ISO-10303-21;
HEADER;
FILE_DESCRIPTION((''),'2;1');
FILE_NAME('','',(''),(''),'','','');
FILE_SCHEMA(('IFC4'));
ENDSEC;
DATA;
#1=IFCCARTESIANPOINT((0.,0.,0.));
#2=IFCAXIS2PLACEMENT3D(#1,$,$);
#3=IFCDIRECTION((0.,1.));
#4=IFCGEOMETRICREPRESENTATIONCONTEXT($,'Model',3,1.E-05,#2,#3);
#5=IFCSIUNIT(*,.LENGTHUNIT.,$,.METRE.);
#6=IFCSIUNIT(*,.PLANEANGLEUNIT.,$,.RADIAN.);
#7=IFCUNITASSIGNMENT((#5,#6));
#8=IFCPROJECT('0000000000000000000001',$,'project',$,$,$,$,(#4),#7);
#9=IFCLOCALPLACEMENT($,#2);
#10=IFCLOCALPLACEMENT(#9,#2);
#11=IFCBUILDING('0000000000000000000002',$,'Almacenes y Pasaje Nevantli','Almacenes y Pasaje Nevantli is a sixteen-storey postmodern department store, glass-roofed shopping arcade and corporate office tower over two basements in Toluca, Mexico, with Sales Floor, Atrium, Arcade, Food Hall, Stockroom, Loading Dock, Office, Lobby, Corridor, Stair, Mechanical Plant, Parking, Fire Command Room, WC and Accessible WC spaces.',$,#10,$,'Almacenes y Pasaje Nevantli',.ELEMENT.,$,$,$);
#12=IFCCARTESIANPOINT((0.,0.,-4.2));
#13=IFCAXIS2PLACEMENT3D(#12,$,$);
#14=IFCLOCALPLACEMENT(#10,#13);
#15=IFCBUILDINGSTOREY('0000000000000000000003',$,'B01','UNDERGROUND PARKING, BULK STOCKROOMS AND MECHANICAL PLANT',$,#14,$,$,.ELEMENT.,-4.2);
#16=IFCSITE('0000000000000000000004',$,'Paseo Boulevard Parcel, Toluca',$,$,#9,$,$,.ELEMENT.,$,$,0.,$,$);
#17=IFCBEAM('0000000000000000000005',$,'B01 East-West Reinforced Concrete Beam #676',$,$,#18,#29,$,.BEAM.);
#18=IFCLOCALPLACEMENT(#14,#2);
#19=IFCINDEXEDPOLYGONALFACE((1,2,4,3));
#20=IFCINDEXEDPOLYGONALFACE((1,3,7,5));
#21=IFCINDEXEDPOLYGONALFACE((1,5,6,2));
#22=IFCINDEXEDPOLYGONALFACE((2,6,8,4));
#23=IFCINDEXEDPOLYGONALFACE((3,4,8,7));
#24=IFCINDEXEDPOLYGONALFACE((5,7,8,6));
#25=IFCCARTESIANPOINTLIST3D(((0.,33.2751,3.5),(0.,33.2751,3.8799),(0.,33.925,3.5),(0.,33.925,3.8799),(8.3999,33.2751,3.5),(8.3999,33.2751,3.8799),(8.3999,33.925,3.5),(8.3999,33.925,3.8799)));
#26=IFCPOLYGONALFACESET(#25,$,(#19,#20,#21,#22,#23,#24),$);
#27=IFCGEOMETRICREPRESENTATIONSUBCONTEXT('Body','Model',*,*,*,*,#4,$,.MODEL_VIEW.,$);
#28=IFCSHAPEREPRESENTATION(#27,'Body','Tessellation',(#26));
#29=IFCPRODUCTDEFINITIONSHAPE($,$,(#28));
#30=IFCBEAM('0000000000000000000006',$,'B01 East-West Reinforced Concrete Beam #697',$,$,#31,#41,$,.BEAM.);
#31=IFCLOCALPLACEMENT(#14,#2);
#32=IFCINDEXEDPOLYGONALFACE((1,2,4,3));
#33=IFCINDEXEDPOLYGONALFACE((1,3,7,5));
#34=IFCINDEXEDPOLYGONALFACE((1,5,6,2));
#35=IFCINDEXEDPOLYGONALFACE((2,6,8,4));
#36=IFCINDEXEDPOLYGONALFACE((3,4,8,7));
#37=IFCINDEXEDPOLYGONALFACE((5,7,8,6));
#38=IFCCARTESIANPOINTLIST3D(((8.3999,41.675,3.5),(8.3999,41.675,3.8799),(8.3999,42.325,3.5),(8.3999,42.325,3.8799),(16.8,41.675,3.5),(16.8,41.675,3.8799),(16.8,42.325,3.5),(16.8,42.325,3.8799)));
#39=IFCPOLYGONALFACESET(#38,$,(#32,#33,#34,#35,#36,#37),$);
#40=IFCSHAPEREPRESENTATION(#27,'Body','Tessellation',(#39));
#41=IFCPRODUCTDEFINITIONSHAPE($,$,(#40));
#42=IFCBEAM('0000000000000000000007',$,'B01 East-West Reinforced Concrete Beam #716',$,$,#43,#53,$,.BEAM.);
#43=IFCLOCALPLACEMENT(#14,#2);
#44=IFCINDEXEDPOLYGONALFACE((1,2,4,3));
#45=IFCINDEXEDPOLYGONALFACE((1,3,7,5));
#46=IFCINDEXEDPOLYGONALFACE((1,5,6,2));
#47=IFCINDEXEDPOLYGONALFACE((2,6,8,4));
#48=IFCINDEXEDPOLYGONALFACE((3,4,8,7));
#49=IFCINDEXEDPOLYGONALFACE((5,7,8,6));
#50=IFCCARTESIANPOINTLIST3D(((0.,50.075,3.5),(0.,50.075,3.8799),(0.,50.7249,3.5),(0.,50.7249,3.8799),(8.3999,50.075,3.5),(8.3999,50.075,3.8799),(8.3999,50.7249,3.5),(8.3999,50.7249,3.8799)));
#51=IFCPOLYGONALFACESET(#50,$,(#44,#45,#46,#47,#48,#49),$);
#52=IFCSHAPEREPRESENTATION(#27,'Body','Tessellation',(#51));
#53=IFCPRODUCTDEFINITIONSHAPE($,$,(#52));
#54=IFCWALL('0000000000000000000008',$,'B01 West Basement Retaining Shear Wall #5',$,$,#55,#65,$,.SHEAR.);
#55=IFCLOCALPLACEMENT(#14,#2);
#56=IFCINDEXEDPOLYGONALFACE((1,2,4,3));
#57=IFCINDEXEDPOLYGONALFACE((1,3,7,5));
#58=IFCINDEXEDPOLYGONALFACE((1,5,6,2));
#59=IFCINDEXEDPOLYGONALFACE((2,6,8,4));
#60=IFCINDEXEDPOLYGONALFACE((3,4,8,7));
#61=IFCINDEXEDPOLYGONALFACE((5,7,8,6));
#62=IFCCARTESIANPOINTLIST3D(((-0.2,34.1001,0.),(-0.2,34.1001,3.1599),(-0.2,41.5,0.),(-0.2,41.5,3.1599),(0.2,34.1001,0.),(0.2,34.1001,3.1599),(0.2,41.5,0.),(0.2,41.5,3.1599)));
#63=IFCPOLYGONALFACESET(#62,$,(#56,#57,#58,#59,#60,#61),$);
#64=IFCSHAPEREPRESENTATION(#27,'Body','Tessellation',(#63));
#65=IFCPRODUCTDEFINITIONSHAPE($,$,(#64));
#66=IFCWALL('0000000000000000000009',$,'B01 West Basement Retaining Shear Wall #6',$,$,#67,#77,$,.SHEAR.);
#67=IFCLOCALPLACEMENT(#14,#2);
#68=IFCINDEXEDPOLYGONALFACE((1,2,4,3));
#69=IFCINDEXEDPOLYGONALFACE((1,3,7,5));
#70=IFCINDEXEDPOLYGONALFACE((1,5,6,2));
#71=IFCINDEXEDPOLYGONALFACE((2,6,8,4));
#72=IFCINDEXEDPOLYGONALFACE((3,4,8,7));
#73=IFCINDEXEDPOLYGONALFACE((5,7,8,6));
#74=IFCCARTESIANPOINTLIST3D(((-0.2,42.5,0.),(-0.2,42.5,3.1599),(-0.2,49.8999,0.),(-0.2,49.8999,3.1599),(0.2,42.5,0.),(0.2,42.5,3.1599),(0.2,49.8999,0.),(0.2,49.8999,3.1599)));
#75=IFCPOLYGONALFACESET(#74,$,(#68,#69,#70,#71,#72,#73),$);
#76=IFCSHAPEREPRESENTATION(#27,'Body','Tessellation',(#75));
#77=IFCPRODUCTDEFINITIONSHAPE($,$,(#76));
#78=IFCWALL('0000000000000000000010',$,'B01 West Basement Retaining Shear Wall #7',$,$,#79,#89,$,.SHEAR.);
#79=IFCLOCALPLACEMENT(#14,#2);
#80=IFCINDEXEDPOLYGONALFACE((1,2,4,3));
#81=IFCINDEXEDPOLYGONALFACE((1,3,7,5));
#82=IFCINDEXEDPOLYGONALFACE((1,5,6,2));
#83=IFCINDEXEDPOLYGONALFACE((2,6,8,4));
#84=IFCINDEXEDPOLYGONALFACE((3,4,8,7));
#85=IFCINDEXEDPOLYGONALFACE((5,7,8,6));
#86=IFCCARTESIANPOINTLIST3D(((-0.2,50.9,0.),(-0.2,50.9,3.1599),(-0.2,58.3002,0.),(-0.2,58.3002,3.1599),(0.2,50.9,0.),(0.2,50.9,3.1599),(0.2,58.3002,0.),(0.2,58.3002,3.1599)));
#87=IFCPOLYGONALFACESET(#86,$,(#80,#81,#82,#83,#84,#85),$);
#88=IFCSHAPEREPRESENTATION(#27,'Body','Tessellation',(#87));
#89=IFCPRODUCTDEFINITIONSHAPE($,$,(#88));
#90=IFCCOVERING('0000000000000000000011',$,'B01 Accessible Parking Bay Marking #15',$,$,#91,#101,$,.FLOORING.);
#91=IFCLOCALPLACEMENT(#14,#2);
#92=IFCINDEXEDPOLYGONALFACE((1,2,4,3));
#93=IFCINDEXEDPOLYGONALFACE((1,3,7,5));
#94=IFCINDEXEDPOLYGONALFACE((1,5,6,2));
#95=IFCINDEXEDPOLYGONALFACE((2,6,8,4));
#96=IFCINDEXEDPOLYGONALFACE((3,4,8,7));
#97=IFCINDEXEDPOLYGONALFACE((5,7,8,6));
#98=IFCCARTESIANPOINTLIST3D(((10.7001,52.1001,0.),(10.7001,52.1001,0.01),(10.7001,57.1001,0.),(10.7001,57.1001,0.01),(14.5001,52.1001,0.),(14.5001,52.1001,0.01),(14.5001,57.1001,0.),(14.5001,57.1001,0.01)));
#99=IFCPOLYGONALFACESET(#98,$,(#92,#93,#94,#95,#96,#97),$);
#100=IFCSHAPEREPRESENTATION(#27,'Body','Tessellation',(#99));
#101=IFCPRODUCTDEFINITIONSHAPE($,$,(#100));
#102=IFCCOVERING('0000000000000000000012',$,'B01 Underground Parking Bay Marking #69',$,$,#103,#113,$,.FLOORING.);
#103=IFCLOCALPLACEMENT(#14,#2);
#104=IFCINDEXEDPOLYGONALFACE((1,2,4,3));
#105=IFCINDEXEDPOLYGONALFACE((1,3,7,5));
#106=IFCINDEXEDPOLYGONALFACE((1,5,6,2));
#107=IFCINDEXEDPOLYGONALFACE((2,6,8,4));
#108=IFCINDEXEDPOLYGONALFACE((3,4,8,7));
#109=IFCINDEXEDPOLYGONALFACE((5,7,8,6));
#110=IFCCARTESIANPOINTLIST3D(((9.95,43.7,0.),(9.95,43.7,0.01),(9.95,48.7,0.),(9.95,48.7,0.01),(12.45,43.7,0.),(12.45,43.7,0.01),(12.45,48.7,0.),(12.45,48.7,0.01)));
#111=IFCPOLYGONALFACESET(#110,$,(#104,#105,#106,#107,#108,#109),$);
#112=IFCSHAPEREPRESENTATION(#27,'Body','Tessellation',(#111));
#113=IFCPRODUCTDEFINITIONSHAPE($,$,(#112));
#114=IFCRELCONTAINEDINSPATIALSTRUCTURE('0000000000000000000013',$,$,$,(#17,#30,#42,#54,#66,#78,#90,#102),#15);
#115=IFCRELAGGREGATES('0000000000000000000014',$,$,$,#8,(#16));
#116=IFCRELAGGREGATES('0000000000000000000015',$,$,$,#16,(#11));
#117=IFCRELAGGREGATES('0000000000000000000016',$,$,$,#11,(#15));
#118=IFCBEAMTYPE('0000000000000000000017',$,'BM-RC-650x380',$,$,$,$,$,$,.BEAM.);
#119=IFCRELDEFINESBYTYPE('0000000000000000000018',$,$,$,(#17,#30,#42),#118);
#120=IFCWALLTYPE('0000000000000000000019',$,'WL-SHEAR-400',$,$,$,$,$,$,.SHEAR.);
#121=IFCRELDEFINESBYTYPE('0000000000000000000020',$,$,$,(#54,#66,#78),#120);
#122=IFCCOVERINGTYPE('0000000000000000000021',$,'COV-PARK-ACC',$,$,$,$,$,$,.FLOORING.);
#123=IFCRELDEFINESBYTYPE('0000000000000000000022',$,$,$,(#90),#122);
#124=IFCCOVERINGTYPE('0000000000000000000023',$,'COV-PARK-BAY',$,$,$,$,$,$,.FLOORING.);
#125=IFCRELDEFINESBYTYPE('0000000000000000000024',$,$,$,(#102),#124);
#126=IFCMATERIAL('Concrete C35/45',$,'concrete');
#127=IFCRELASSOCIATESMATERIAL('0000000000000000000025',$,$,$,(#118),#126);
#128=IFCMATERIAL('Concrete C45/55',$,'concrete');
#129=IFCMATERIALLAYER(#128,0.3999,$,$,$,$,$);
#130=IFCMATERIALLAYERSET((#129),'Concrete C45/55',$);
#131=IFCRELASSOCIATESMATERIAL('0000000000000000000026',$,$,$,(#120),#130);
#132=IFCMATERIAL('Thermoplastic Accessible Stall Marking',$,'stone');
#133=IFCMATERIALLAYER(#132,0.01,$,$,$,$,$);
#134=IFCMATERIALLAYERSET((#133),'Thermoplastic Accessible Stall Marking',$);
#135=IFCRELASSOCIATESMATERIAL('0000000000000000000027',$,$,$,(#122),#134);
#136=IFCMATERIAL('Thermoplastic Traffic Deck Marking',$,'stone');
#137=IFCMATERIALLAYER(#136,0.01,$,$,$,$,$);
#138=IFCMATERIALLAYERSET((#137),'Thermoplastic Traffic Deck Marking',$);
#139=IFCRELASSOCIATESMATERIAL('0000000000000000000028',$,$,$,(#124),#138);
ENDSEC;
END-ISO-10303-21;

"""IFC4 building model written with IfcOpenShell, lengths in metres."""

from ifc_helpers import new_model, si_unit, direction, frame, frame_2d, origin, origin_2d, place, context, subcontext, project, spatial, rectangle, extrude, material, layer, layer_set, material_profile, profile_set, type_object, element, save


model = new_model("IFC4")

# Units and contexts
model_context = context("Model", 3, precision=1e-05, world=origin(), true_north=direction((0.0, 1.0)))
body_context = subcontext(model_context, "Body", "Model", "MODEL_VIEW")
ifc_project = project(units=[si_unit("LENGTHUNIT", "METRE"), si_unit("PLANEANGLEUNIT", "RADIAN")], contexts=[model_context])

# Site, building, storey
site_placement = place(None, origin())
site = spatial("IfcSite", under=ifc_project, at=site_placement, Name="Paseo Boulevard Parcel, Toluca", CompositionType="ELEMENT", RefElevation=0.0)
building_placement = place(site_placement, origin())
building = spatial("IfcBuilding", under=site, at=building_placement, Name="Almacenes y Pasaje Nevantli", Description="Almacenes y Pasaje Nevantli is a sixteen-storey postmodern department store, glass-roofed shopping arcade and corporate office tower over two basements in Toluca, Mexico, with Sales Floor, Atrium, Arcade, Food Hall, Stockroom, Loading Dock, Office, Lobby, Corridor, Stair, Mechanical Plant, Parking, Fire Command Room, WC and Accessible WC spaces.", LongName="Almacenes y Pasaje Nevantli", CompositionType="ELEMENT")
storey_placement = place(building_placement, frame((0.0, 0.0, -4.2)))
storey = spatial("IfcBuildingStorey", under=building, at=storey_placement, Name="B01", Description="UNDERGROUND PARKING, BULK STOCKROOMS AND MECHANICAL PLANT", CompositionType="ELEMENT", Elevation=-4.2)

# Beams
ifc_material_1 = material(Name="Concrete C35/45", Category="concrete")
ifc_material_profile_1 = material_profile(ifc_material_1, rectangle(XDim=0.6499, YDim=0.3799, at=origin_2d()), Name="RC-BM-650x380")
ifc_profile_set_1 = profile_set([ifc_material_profile_1], Name="Concrete C35/45")
beam_type_1 = type_object("IfcBeamType", Name="BM-RC-650x380", PredefinedType="BEAM", material=ifc_profile_set_1)
beam_1_placement = place(storey_placement, frame((0.0, 33.6001, 3.6899), z_axis=(1.0, 0.0, 0.0), x_axis=(0.0, 1.0, 0.0)))
element("IfcBeam", 1, at=beam_1_placement, inside=storey, type_object=beam_type_1, Name="B01 East-West Reinforced Concrete Beam #676", PredefinedType="BEAM", context=body_context, shape_type="SweptSolid", body=[
    extrude(rectangle(XDim=0.6499, YDim=0.3799, at=origin_2d()), origin(), (0.0, 0.0, 1.0), 8.3999),
])
beam_2_placement = place(storey_placement, frame((8.3999, 42.0, 3.6899), z_axis=(1.0, 0.0, 0.0), x_axis=(0.0, 1.0, 0.0)))
element("IfcBeam", 2, at=beam_2_placement, inside=storey, type_object=beam_type_1, Name="B01 East-West Reinforced Concrete Beam #697", PredefinedType="BEAM", context=body_context, shape_type="SweptSolid", body=[
    extrude(rectangle(XDim=0.6499, YDim=0.3799, at=origin_2d()), origin(), (0.0, 0.0, 1.0), 8.4001),
])
beam_3_placement = place(storey_placement, frame((0.0, 50.3999, 3.6899), z_axis=(1.0, 0.0, 0.0), x_axis=(0.0, 1.0, 0.0)))
element("IfcBeam", 3, at=beam_3_placement, inside=storey, type_object=beam_type_1, Name="B01 East-West Reinforced Concrete Beam #716", PredefinedType="BEAM", context=body_context, shape_type="SweptSolid", body=[
    extrude(rectangle(XDim=0.6499, YDim=0.3799, at=origin_2d()), origin(), (0.0, 0.0, 1.0), 8.3999),
])

# Walls
ifc_material_2 = material(Name="Concrete C45/55", Category="concrete")
ifc_layer_1 = layer(ifc_material_2, 0.3999)
ifc_layer_set_1 = layer_set([ifc_layer_1], Name="Concrete C45/55")
wall_type = type_object("IfcWallType", Name="WL-SHEAR-400", PredefinedType="SHEAR", material=ifc_layer_set_1)
for number, where, z_axis, x_axis, name in (
    (4, (0.0, 34.1001, 0.0), (0.0, 0.0, 1.0), (0.0, 1.0, 0.0), "B01 West Basement Retaining Shear Wall #5"),
    (5, (0.0, 42.5, 0.0), (0.0, 0.0, 1.0), (0.0, 1.0, 0.0), "B01 West Basement Retaining Shear Wall #6"),
):
    element("IfcWall", number, at=place(storey_placement, frame(where, z_axis=z_axis, x_axis=x_axis)), inside=storey, type_object=wall_type, Name=name, PredefinedType="SHEAR", context=body_context, shape_type="SweptSolid", body=[
        extrude(rectangle(XDim=7.3999, YDim=0.3999, at=frame_2d((3.7, 0.0))), origin(), (0.0, 0.0, 1.0), 3.1599),
    ])
wall_placement = place(storey_placement, frame((0.0, 50.8999, 0.0), z_axis=(0.0, 0.0, 1.0), x_axis=(0.0, 1.0, 0.0)))
element("IfcWall", 6, at=wall_placement, inside=storey, type_object=wall_type, Name="B01 West Basement Retaining Shear Wall #7", PredefinedType="SHEAR", context=body_context, shape_type="SweptSolid", body=[
    extrude(rectangle(XDim=7.4001, YDim=0.3999, at=frame_2d((3.7002, 0.0))), origin(), (0.0, 0.0, 1.0), 3.1599),
])

# Coverings
ifc_material_3 = material(Name="Thermoplastic Accessible Stall Marking", Category="stone")
ifc_layer_2 = layer(ifc_material_3, 0.01)
ifc_layer_set_2 = layer_set([ifc_layer_2], Name="Thermoplastic Accessible Stall Marking")
covering_type_1 = type_object("IfcCoveringType", Name="COV-PARK-ACC", PredefinedType="FLOORING", material=ifc_layer_set_2)
covering_1_placement = place(storey_placement, frame((12.6001, 54.6001, 0.0), z_axis=(0.0, 0.0, 1.0), x_axis=(1.0, 0.0, 0.0)))
element("IfcCovering", 7, at=covering_1_placement, inside=storey, type_object=covering_type_1, Name="B01 Accessible Parking Bay Marking #15", PredefinedType="FLOORING", context=body_context, shape_type="SweptSolid", body=[
    extrude(rectangle(XDim=3.8, YDim=5.0, at=origin_2d()), origin(), (0.0, 0.0, 1.0), 0.01),
])
ifc_material_4 = material(Name="Thermoplastic Traffic Deck Marking", Category="stone")
ifc_layer_3 = layer(ifc_material_4, 0.01)
ifc_layer_set_3 = layer_set([ifc_layer_3], Name="Thermoplastic Traffic Deck Marking")
covering_type_2 = type_object("IfcCoveringType", Name="COV-PARK-BAY", PredefinedType="FLOORING", material=ifc_layer_set_3)
covering_2_placement = place(storey_placement, frame((11.2, 46.2, 0.0), z_axis=(0.0, 0.0, 1.0), x_axis=(1.0, 0.0, 0.0)))
element("IfcCovering", 8, at=covering_2_placement, inside=storey, type_object=covering_type_2, Name="B01 Underground Parking Bay Marking #69", PredefinedType="FLOORING", context=body_context, shape_type="SweptSolid", body=[
    extrude(rectangle(XDim=2.5, YDim=5.0, at=origin_2d()), origin(), (0.0, 0.0, 1.0), 0.01),
])

save(model, "model.ifc")
